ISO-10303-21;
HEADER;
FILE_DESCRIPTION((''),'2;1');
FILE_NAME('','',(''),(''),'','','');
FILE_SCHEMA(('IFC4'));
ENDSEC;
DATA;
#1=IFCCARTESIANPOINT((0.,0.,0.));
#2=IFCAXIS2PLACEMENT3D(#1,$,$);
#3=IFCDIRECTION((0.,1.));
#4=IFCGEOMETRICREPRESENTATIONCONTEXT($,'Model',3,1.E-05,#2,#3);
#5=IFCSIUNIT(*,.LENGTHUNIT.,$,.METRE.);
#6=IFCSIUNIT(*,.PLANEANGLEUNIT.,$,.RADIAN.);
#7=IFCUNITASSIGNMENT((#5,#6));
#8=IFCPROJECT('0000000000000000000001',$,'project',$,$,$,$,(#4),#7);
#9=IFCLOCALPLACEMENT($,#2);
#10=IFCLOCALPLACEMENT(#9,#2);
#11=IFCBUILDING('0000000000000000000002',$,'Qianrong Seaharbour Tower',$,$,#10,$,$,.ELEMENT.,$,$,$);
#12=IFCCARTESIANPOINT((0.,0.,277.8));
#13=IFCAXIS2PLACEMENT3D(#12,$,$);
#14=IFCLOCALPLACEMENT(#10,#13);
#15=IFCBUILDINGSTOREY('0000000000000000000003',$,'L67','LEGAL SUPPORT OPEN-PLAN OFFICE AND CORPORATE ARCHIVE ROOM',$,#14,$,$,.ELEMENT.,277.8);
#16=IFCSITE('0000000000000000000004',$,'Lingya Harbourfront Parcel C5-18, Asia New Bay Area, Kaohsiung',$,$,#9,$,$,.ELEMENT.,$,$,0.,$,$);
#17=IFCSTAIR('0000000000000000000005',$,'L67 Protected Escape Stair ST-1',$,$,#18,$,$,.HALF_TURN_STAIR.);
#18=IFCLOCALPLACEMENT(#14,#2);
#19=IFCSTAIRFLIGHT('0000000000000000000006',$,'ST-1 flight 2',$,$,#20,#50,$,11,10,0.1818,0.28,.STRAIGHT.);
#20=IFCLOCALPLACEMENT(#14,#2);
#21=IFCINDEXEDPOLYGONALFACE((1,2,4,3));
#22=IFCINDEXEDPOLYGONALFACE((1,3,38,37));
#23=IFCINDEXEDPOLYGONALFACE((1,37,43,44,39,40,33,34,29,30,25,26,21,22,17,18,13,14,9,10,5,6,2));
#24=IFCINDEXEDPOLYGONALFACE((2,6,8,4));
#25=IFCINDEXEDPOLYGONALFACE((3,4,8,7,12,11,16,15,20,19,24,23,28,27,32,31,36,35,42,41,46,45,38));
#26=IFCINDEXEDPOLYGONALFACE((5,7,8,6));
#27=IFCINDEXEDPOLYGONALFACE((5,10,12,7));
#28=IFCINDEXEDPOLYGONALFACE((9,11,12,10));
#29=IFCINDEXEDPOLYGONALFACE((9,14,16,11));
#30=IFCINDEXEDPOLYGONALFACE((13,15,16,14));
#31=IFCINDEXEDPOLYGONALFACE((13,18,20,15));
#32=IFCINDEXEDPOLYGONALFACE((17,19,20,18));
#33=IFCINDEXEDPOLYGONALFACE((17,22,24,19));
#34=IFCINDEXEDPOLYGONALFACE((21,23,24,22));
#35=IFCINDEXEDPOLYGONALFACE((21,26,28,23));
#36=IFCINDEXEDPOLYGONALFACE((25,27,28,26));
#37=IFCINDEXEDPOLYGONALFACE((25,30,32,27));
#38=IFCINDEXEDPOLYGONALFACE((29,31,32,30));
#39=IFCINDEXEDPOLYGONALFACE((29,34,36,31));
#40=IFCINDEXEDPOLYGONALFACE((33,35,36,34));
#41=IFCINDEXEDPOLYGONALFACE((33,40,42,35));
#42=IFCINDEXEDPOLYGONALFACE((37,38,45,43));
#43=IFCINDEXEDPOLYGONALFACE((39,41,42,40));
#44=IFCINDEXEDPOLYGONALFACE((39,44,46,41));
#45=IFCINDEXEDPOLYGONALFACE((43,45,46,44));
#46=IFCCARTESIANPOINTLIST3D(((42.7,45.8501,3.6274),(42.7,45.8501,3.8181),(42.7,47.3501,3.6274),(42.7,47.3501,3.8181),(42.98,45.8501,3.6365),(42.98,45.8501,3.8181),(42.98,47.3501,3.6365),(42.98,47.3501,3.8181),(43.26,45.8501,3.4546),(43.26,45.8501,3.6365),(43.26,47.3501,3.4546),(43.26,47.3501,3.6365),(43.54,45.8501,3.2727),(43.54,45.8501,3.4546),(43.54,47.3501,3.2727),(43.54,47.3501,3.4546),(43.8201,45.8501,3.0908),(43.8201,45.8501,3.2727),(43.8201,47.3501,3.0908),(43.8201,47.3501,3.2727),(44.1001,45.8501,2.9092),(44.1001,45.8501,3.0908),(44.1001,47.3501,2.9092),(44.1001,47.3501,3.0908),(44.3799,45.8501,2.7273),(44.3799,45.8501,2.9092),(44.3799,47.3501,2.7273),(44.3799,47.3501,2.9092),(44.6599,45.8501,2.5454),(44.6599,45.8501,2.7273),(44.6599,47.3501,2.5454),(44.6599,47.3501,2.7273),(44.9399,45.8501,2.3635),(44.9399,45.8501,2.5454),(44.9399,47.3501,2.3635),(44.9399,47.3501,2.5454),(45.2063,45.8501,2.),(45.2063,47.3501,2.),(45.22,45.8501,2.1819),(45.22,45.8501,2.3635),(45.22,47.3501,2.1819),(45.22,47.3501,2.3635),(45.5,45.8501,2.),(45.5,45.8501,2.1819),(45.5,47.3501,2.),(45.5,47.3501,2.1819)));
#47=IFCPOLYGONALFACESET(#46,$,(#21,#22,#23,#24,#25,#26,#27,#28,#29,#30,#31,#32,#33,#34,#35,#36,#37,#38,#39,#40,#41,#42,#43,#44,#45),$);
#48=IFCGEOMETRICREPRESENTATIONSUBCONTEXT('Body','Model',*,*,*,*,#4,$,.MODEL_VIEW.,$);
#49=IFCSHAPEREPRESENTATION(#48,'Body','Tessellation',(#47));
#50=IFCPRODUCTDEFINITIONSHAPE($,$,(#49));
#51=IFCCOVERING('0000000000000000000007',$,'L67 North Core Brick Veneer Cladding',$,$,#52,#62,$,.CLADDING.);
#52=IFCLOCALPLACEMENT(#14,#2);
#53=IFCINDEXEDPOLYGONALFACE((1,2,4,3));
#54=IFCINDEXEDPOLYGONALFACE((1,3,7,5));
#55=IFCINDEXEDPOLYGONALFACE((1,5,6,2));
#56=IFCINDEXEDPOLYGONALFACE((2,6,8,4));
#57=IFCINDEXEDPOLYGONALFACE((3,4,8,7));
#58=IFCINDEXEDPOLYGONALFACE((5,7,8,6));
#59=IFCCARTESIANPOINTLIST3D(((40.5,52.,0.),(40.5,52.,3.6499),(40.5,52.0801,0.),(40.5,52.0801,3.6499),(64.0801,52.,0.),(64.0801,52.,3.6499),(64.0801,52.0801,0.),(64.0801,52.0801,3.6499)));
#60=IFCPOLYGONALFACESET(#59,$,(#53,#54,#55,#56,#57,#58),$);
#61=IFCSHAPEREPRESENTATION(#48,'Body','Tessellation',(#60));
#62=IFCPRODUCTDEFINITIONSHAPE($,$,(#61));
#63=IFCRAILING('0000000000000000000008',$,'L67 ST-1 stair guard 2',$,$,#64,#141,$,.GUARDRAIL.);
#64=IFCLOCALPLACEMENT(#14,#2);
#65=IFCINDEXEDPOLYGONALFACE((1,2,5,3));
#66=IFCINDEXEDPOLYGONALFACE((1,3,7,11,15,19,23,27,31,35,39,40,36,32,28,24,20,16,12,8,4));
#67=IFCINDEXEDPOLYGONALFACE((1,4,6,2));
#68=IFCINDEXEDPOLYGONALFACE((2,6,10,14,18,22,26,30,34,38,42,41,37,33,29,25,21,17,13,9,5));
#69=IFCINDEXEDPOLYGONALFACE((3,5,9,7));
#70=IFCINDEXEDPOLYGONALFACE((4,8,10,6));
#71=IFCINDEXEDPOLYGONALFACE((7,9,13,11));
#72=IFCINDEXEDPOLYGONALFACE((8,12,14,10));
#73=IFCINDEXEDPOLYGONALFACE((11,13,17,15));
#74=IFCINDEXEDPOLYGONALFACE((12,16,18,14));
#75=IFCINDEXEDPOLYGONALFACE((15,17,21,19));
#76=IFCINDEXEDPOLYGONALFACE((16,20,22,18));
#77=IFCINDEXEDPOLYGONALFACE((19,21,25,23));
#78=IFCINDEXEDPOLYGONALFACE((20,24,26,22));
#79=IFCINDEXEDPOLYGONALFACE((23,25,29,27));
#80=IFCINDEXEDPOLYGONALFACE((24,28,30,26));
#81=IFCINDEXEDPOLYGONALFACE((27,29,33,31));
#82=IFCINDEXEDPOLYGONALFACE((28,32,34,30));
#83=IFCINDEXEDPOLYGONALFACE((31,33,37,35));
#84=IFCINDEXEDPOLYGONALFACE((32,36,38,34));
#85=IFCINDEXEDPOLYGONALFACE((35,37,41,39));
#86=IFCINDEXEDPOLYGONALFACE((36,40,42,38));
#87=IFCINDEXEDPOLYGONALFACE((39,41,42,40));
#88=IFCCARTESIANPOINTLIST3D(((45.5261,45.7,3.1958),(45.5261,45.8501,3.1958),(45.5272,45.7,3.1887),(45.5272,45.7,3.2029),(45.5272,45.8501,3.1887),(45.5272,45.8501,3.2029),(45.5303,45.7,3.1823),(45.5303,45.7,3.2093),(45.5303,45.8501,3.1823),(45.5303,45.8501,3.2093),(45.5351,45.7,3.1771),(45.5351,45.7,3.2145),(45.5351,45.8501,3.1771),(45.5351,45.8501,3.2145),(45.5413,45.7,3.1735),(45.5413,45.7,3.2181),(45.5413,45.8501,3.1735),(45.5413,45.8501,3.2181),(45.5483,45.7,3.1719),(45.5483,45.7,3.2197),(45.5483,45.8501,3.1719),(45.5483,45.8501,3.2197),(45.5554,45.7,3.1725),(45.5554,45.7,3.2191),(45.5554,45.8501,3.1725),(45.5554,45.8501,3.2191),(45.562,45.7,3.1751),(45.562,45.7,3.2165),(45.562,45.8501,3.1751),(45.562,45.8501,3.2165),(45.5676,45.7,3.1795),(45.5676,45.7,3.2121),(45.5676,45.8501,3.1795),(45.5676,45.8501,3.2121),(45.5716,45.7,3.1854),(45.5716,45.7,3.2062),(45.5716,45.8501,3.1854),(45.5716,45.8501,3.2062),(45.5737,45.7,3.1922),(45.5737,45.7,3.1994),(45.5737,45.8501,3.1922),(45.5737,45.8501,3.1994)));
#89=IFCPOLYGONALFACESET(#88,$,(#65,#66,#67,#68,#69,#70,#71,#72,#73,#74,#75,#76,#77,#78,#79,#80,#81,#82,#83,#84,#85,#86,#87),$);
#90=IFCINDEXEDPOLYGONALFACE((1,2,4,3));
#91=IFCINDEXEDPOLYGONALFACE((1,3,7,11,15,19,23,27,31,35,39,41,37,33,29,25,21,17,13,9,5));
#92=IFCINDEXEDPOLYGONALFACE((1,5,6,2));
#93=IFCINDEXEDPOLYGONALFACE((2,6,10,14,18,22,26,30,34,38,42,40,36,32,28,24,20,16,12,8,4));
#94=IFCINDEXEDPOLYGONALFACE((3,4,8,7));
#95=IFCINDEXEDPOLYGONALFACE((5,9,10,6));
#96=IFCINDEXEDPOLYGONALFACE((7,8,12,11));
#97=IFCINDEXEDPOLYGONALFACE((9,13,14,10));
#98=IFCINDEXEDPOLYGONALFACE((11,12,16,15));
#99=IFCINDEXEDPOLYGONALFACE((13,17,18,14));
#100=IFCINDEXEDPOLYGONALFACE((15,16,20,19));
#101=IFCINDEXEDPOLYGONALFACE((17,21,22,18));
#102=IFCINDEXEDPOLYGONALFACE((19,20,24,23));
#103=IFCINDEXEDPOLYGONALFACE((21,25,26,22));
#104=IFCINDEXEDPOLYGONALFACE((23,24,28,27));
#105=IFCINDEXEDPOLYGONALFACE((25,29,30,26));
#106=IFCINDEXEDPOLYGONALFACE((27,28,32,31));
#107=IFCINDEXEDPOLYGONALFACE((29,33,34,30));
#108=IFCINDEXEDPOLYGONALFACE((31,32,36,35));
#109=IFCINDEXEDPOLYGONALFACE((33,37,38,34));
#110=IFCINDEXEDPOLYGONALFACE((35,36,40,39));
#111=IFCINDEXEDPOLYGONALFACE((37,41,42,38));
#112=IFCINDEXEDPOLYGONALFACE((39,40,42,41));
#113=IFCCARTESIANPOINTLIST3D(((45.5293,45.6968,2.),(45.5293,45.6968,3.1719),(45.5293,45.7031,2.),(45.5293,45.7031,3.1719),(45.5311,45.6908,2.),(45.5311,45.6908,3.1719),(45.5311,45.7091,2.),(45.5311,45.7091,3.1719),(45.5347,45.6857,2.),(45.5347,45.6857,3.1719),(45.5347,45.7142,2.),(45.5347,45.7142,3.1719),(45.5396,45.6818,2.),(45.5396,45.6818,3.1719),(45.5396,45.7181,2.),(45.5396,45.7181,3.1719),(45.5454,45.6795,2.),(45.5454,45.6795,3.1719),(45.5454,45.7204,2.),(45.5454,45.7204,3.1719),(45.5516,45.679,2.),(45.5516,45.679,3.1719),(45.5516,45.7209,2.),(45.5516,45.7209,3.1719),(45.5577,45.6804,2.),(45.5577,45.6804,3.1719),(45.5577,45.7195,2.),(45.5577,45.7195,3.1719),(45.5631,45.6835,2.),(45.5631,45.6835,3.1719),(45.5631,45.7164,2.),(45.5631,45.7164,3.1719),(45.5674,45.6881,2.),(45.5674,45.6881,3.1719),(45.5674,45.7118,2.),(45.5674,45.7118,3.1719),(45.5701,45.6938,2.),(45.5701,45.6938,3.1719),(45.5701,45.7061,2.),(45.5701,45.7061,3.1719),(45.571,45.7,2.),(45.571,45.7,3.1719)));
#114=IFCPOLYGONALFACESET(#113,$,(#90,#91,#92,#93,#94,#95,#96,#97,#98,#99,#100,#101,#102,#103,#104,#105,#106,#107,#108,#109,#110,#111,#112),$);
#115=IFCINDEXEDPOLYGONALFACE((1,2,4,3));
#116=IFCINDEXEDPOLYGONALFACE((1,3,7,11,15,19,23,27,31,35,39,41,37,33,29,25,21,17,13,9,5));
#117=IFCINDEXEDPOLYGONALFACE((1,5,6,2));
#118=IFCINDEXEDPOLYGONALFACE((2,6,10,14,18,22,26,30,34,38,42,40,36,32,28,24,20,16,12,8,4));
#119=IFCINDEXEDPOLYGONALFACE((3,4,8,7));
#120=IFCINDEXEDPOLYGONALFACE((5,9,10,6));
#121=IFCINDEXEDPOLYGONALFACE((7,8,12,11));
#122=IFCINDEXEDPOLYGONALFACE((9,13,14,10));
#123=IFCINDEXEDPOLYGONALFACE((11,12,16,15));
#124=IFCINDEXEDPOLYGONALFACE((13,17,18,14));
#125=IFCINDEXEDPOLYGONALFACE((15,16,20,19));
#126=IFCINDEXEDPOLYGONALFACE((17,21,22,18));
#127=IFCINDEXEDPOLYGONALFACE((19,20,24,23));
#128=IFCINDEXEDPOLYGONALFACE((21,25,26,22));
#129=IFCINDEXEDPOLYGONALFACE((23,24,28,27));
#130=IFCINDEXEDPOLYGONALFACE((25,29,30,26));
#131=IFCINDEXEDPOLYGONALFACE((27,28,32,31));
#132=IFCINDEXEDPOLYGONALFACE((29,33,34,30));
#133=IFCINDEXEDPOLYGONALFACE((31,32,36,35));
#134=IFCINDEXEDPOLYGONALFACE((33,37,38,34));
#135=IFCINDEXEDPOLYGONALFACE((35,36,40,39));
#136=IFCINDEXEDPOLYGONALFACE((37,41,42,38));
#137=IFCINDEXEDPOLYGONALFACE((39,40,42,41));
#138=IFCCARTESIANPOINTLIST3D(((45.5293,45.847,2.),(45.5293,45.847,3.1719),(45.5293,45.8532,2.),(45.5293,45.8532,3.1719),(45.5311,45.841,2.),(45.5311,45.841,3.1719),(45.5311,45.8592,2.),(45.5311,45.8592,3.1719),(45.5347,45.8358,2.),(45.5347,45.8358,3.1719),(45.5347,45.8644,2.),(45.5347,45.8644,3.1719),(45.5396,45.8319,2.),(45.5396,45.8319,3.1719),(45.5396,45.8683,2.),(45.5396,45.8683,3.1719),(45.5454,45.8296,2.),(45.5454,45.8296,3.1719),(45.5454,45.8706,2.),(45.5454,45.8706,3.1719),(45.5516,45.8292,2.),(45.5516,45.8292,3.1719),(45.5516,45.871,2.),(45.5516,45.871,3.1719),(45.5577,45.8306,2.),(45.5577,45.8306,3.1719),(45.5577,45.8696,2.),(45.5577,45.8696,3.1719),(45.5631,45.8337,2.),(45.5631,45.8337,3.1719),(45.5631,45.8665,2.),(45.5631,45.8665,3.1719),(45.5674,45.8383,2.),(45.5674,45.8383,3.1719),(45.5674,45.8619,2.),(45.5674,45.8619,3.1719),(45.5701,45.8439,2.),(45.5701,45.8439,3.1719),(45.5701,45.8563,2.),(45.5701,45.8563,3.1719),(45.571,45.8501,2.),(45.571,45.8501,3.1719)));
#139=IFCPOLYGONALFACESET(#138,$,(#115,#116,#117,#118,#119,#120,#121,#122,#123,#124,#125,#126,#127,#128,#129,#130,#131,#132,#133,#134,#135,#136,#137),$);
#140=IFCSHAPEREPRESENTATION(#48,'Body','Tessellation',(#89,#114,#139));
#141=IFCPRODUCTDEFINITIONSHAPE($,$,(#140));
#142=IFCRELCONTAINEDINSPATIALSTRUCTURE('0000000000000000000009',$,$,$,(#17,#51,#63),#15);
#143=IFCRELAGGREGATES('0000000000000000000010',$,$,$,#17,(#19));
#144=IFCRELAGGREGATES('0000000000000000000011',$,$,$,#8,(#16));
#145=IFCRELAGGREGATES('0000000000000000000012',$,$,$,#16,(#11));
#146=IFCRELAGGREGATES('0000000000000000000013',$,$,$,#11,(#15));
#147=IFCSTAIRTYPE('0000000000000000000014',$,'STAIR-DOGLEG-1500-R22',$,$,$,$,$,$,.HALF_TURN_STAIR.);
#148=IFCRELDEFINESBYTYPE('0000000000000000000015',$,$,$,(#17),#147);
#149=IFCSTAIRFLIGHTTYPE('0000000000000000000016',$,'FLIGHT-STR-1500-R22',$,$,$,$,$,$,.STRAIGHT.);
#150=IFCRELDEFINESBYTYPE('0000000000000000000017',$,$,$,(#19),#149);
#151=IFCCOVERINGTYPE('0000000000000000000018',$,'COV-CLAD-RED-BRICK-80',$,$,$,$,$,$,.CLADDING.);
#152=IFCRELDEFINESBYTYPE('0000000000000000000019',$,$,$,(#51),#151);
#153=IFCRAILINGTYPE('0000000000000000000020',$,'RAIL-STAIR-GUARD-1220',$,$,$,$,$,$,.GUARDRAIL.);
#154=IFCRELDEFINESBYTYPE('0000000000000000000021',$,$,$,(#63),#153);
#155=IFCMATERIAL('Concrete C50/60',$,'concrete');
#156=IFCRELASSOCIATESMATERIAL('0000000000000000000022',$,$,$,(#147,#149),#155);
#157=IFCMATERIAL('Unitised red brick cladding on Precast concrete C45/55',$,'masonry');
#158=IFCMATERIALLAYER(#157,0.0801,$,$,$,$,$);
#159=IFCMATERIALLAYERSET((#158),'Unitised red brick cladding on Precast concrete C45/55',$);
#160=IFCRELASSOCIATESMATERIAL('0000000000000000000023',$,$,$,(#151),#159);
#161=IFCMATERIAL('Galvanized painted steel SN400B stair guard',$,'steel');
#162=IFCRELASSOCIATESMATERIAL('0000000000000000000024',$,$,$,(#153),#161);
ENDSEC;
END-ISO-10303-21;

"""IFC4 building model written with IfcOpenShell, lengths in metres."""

from ifc_helpers import new_model, si_unit, direction, frame, origin, origin_2d, place, context, subcontext, project, spatial, polyline, rectangle, circle, outline, extrude, material, layer, layer_set, type_object, element, aggregate, save


model = new_model("IFC4")

# Units and contexts
model_context = context("Model", 3, precision=1e-05, world=origin(), true_north=direction((0.0, 1.0)))
body_context = subcontext(model_context, "Body", "Model", "MODEL_VIEW")
ifc_project = project(units=[si_unit("LENGTHUNIT", "METRE"), si_unit("PLANEANGLEUNIT", "RADIAN")], contexts=[model_context])

# Site, building, storey
site_placement = place(None, origin())
site = spatial("IfcSite", under=ifc_project, at=site_placement, Name="Lingya Harbourfront Parcel C5-18, Asia New Bay Area, Kaohsiung", CompositionType="ELEMENT", RefElevation=0.0)
building_placement = place(site_placement, origin())
building = spatial("IfcBuilding", under=site, at=building_placement, Name="Qianrong Seaharbour Tower", CompositionType="ELEMENT")
storey_placement = place(building_placement, frame((0.0, 0.0, 277.8)))
storey = spatial("IfcBuildingStorey", under=building, at=storey_placement, Name="L67", Description="LEGAL SUPPORT OPEN-PLAN OFFICE AND CORPORATE ARCHIVE ROOM", CompositionType="ELEMENT", Elevation=277.8)

# Shared definitions
ifc_material_1 = material(Name="Concrete C50/60", Category="concrete")

# Stair, stair flight
stair_type = type_object("IfcStairType", Name="STAIR-DOGLEG-1500-R22", PredefinedType="HALF_TURN_STAIR", material=ifc_material_1)
stair_placement = place(storey_placement, origin())
stair = element("IfcStair", 1, at=stair_placement, inside=storey, type_object=stair_type, Name="L67 Protected Escape Stair ST-1", PredefinedType="HALF_TURN_STAIR")
stair_flight_type = type_object("IfcStairFlightType", Name="FLIGHT-STR-1500-R22", PredefinedType="STRAIGHT", material=ifc_material_1)
stair_flight_placement = place(storey_placement, frame((45.5, 46.6001, 2.0), z_axis=(0.0, 0.0, 1.0), x_axis=(-1.0, 0.0, 0.0)))
stair_flight = element("IfcStairFlight", 2, at=stair_flight_placement, type_object=stair_flight_type, Name="ST-1 flight 2", NumberOfRisers=11, NumberOfTreads=10, PredefinedType="STRAIGHT", RiserHeight=0.1818, TreadLength=0.28, context=body_context, shape_type="SweptSolid", body=[
    extrude(outline(polyline([(0.0, 0.0), (0.0, 0.1819), (0.28, 0.1819), (0.28, 0.3635), (0.5601, 0.3635), (0.5601, 0.5454), (0.8401, 0.5454), (0.8401, 0.7273), (1.1201, 0.7273), (1.1201, 0.9092), (1.3999, 0.9092), (1.3999, 1.0908), (1.6799, 1.0908), (1.6799, 1.2727), (1.96, 1.2727), (1.96, 1.4546), (2.24, 1.4546), (2.24, 1.6365), (2.52, 1.6365), (2.52, 1.8181), (2.8, 1.8181), (2.8, 2.0), (2.8, 1.6274), (0.2937, 0.0), (0.0, 0.0)])), frame((0.0, 0.75, 0.0), z_axis=(0.0, -1.0, 0.0), x_axis=(1.0, 0.0, 0.0)), (0.0, 0.0, 1.0), 1.5),
])
aggregate(stair, [stair_flight])

# Covering
ifc_material_2 = material(Name="Unitised red brick cladding on Precast concrete C45/55", Category="masonry")
ifc_layer_1 = layer(ifc_material_2, 0.0801)
ifc_layer_set_1 = layer_set([ifc_layer_1], Name="Unitised red brick cladding on Precast concrete C45/55")
covering_type = type_object("IfcCoveringType", Name="COV-CLAD-RED-BRICK-80", PredefinedType="CLADDING", material=ifc_layer_set_1)
covering_placement = place(storey_placement, frame((52.29, 52.04, 0.0), z_axis=(0.0, 0.0, 1.0), x_axis=(1.0, 0.0, 0.0)))
element("IfcCovering", 3, at=covering_placement, inside=storey, type_object=covering_type, Name="L67 North Core Brick Veneer Cladding", PredefinedType="CLADDING", context=body_context, shape_type="SweptSolid", body=[
    extrude(rectangle(XDim=23.5801, YDim=0.0801, at=origin_2d()), origin(), (0.0, 0.0, 1.0), 3.6499),
])

# Railing
ifc_material_3 = material(Name="Galvanized painted steel SN400B stair guard", Category="steel")
railing_type_1 = type_object("IfcRailingType", Name="RAIL-STAIR-GUARD-1220", PredefinedType="GUARDRAIL", material=ifc_material_3)
railing_1_placement = place(storey_placement, frame((45.55, 45.7, 2.0)))
element("IfcRailing", 4, at=railing_1_placement, inside=storey, type_object=railing_type_1, Name="L67 ST-1 stair guard 2", PredefinedType="GUARDRAIL", context=body_context, shape_type="SweptSolid", body=[
    extrude(circle(Radius=0.0239, at=origin_2d()), frame((0.0, 0.0, 1.1958), z_axis=(0.0, 1.0, 0.0), x_axis=(-1.0, 0.0, 0.0)), (0.0, 0.0, 1.0), 0.1501),
    extrude(circle(Radius=0.021, at=origin_2d()), origin(), (0.0, 0.0, 1.0), 1.1719),
    extrude(circle(Radius=0.021, at=origin_2d()), frame((0.0, 0.1501, 0.0)), (0.0, 0.0, 1.0), 1.1719),
])

save(model, "model.ifc")
